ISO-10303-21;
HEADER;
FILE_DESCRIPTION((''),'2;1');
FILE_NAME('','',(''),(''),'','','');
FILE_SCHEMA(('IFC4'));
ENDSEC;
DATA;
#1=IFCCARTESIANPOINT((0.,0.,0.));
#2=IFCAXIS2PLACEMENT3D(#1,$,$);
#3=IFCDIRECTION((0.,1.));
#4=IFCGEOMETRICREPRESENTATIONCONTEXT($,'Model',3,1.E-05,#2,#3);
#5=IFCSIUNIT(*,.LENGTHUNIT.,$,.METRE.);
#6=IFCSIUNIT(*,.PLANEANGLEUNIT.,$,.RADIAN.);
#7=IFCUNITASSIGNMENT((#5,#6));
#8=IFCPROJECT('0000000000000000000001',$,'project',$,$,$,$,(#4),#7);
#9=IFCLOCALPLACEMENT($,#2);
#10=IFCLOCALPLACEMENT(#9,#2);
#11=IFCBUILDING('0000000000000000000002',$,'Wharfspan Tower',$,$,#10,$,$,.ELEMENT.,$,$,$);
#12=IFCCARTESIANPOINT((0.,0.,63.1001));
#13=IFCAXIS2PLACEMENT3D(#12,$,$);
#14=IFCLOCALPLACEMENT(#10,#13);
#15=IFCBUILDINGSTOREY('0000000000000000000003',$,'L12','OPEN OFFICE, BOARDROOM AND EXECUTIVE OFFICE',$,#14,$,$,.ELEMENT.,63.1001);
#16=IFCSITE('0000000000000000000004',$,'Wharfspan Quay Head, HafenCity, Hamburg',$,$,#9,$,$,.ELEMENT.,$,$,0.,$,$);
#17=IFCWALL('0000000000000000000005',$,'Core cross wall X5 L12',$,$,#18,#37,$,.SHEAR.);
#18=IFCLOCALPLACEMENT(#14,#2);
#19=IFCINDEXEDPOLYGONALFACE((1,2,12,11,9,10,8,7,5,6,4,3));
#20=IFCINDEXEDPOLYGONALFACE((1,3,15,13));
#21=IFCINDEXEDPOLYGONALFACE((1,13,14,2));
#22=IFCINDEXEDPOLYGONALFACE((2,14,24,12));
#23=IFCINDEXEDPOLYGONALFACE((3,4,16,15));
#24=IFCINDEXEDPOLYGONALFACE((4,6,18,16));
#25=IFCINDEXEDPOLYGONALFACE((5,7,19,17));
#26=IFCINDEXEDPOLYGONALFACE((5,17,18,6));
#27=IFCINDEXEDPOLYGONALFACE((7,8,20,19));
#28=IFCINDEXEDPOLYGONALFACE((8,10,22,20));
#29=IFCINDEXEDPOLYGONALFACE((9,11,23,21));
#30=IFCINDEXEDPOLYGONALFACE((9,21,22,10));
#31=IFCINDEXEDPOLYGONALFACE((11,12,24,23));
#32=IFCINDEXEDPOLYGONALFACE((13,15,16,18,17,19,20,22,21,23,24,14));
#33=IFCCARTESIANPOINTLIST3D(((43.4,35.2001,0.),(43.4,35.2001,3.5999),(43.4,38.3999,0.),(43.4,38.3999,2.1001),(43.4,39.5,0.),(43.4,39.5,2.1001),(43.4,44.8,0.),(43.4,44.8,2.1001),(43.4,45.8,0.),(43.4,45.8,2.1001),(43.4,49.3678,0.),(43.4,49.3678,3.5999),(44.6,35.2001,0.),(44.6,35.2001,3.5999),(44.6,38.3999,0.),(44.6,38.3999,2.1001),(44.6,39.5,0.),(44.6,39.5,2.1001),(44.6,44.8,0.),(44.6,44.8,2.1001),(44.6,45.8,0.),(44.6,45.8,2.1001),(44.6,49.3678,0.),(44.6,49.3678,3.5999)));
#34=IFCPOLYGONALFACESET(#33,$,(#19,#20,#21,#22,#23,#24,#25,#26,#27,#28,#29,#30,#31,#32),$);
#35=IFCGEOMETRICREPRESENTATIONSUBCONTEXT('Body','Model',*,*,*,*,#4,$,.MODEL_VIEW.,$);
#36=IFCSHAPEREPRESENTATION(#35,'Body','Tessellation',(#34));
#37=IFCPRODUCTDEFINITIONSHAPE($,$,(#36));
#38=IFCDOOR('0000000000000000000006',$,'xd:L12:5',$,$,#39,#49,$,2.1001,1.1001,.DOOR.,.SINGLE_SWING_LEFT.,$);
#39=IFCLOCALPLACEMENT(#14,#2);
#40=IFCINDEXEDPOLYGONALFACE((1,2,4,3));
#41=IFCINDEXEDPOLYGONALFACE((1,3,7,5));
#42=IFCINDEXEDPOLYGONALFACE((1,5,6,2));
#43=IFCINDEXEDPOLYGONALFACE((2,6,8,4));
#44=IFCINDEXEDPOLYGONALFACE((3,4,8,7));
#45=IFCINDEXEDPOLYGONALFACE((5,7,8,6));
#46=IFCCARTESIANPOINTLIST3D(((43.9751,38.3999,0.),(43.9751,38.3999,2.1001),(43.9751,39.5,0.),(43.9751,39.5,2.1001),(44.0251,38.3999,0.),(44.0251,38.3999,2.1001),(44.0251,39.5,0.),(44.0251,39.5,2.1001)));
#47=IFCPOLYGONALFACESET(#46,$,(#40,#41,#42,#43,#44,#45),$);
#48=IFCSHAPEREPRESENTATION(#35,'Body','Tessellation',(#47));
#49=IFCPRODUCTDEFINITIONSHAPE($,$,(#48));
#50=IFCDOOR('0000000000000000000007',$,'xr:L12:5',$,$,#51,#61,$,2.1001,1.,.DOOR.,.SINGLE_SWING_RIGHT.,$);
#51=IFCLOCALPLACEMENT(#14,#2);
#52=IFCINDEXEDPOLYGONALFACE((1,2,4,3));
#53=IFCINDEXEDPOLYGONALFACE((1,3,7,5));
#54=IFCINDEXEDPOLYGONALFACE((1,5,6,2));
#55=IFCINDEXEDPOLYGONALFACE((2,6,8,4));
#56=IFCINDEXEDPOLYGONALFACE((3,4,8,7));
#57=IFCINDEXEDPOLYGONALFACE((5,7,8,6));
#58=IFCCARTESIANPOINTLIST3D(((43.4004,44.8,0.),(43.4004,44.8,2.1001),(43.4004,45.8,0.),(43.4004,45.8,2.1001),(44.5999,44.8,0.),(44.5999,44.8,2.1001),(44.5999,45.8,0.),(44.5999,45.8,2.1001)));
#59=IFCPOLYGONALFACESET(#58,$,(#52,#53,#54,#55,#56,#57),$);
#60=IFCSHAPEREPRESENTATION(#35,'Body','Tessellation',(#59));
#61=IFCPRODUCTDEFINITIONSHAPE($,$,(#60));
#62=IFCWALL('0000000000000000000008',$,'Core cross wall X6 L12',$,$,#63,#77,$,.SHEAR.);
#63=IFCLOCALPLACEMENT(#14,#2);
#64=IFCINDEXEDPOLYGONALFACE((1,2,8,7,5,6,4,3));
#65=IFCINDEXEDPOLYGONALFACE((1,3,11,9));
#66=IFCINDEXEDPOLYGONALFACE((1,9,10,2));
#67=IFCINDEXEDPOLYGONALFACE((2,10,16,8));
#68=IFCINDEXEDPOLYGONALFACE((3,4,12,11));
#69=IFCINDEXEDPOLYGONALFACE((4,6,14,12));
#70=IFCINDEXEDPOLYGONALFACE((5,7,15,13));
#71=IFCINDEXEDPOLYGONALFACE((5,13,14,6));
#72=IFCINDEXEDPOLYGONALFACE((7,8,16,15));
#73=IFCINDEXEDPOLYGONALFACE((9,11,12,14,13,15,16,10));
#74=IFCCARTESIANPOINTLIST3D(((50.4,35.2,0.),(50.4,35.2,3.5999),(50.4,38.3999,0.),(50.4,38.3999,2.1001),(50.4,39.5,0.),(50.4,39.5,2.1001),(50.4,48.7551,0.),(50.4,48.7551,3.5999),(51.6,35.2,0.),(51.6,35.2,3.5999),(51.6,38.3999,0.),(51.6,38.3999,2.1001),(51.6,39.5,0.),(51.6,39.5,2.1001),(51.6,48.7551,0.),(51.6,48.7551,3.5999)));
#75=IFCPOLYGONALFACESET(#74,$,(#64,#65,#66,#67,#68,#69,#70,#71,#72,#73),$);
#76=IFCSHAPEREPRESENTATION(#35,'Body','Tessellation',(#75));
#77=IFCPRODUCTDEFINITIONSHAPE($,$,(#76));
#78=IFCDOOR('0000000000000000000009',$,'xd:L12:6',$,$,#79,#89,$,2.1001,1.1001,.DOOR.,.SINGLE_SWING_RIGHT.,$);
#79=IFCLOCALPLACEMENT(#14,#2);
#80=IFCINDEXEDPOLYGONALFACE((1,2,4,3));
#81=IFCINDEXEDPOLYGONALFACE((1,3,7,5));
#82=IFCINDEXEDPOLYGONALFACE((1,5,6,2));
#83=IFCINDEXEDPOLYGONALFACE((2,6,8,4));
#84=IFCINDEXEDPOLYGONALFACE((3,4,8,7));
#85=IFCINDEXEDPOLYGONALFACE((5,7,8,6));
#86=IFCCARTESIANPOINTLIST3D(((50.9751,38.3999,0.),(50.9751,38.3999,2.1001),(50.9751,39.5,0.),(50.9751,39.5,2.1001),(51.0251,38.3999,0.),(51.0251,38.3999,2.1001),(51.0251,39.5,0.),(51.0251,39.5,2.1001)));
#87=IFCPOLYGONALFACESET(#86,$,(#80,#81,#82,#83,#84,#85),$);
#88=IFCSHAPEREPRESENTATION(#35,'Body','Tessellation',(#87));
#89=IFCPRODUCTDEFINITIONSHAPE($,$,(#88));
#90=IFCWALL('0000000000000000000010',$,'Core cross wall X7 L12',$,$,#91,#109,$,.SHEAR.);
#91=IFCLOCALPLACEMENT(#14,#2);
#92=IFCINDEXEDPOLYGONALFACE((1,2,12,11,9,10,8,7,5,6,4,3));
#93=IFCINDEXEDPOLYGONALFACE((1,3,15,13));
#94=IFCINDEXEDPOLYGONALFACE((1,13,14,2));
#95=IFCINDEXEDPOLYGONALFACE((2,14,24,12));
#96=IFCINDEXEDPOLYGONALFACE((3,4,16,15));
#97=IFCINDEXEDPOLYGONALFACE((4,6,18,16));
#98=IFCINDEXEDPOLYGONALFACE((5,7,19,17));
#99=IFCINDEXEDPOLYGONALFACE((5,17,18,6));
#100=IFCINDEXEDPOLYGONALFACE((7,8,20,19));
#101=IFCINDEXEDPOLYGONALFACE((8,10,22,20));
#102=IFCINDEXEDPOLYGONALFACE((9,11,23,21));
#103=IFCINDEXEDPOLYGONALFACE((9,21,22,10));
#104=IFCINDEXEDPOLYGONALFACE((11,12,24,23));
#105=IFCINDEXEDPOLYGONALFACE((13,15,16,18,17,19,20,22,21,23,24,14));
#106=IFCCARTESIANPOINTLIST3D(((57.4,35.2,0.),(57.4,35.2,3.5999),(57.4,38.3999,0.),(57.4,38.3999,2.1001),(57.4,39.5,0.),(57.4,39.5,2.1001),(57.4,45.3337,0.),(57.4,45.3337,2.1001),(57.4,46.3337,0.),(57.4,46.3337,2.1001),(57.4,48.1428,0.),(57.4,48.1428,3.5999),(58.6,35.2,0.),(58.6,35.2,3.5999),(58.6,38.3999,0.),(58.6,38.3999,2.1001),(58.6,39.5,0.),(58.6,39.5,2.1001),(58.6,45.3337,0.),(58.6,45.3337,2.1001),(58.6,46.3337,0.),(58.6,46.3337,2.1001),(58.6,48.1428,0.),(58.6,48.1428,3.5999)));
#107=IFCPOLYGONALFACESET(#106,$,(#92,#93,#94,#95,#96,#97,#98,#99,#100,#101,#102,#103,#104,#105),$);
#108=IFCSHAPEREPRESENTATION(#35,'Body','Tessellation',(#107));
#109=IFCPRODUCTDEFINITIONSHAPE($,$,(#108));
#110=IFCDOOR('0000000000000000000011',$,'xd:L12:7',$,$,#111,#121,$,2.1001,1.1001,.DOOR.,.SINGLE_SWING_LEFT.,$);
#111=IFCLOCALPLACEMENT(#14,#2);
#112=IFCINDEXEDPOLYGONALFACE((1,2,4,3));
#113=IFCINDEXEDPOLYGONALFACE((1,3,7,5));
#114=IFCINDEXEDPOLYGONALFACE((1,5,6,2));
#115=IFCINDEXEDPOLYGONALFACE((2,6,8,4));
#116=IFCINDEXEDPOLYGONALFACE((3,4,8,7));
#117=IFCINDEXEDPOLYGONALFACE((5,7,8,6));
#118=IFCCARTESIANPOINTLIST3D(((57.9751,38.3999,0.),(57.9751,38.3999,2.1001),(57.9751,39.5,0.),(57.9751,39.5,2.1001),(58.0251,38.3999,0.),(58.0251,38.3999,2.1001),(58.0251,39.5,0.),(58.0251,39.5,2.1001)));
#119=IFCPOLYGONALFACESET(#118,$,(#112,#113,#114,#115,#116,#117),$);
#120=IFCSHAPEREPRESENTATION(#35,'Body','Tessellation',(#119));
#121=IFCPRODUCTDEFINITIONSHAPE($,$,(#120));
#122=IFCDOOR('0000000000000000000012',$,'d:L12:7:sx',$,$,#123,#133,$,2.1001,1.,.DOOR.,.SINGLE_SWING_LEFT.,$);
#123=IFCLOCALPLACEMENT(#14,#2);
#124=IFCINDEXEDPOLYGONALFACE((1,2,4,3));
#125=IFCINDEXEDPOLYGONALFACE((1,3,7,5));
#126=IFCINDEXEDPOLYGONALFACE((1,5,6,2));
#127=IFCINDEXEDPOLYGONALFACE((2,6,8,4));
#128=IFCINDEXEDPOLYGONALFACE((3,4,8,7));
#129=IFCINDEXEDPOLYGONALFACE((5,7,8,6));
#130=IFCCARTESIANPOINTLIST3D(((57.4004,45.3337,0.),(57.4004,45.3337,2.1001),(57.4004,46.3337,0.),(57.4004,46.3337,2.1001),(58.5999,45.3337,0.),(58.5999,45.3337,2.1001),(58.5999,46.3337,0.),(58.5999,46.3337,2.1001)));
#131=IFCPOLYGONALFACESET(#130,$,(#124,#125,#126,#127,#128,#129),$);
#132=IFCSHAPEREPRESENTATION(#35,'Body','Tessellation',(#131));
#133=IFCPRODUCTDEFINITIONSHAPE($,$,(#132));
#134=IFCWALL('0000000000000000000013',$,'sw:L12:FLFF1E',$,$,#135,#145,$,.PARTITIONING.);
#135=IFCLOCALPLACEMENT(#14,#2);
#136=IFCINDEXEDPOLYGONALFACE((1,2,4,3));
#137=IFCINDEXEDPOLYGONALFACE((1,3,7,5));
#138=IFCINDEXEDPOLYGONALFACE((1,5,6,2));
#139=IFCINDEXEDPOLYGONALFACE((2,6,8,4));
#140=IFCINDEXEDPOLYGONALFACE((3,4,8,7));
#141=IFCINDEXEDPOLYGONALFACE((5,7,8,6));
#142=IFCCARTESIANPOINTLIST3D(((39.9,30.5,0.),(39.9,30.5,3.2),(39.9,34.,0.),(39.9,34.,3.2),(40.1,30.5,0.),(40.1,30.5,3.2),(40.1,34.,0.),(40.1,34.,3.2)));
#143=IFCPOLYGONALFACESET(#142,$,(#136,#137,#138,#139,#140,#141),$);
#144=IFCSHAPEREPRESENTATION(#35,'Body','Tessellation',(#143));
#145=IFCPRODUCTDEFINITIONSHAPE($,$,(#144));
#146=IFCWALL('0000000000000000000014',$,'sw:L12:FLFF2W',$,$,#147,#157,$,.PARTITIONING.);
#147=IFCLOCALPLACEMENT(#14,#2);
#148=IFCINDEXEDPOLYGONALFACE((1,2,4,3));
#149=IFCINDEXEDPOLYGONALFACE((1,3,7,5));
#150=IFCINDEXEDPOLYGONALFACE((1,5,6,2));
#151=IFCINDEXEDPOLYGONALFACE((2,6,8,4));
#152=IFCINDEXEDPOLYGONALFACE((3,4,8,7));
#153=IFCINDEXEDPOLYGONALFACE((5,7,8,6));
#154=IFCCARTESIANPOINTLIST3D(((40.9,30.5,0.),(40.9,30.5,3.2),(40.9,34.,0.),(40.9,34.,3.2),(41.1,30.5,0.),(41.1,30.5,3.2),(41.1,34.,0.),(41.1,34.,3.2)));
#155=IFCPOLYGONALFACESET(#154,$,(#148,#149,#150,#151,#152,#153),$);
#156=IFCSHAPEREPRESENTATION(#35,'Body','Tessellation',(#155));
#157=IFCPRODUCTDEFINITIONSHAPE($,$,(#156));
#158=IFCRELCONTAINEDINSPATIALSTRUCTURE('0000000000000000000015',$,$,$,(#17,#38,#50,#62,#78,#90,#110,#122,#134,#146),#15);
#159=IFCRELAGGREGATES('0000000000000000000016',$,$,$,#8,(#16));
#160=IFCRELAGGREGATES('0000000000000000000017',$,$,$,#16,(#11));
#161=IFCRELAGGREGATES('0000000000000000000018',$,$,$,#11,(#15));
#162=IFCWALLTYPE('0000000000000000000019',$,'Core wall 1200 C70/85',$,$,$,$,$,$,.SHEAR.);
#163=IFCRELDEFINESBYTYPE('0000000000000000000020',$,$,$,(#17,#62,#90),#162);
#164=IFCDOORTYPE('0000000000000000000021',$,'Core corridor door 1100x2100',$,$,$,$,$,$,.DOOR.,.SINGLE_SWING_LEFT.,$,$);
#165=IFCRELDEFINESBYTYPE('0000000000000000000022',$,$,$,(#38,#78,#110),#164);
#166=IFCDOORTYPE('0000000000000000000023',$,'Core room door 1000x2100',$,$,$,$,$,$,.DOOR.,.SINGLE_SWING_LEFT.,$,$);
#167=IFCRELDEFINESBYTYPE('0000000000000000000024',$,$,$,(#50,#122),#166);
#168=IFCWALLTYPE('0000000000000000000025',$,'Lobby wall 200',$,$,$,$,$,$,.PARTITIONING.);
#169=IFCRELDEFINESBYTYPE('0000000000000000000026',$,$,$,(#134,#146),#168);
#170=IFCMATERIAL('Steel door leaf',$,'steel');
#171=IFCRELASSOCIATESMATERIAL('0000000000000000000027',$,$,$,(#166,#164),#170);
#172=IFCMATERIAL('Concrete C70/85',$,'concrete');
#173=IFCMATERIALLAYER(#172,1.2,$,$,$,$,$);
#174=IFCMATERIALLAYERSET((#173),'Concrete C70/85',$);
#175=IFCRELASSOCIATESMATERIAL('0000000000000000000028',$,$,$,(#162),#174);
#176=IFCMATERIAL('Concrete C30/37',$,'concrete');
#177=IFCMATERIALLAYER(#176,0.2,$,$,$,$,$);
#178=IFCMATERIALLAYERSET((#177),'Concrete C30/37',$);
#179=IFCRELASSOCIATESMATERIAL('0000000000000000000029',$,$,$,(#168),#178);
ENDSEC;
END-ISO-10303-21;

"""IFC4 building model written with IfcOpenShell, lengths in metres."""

from ifc_helpers import new_model, si_unit, direction, frame, frame_2d, origin, place, context, subcontext, project, spatial, rectangle, extrude, material, layer, layer_set, type_object, element, fill, save


model = new_model("IFC4")

# Units and contexts
model_context = context("Model", 3, precision=1e-05, world=origin(), true_north=direction((0.0, 1.0)))
body_context = subcontext(model_context, "Body", "Model", "MODEL_VIEW")
ifc_project = project(units=[si_unit("LENGTHUNIT", "METRE"), si_unit("PLANEANGLEUNIT", "RADIAN")], contexts=[model_context])

# Site, building, storey
site_placement = place(None, origin())
site = spatial("IfcSite", under=ifc_project, at=site_placement, Name="Wharfspan Quay Head, HafenCity, Hamburg", CompositionType="ELEMENT", RefElevation=0.0)
building_placement = place(site_placement, origin())
building = spatial("IfcBuilding", under=site, at=building_placement, Name="Wharfspan Tower", CompositionType="ELEMENT")
storey_placement = place(building_placement, frame((0.0, 0.0, 63.1001)))
storey = spatial("IfcBuildingStorey", under=building, at=storey_placement, Name="L12", Description="OPEN OFFICE, BOARDROOM AND EXECUTIVE OFFICE", CompositionType="ELEMENT", Elevation=63.1001)

# Shared definitions
ifc_material_1 = material(Name="Steel door leaf", Category="steel")
door_type_1 = type_object("IfcDoorType", Name="Core room door 1000x2100", OperationType="SINGLE_SWING_LEFT", PredefinedType="DOOR", material=ifc_material_1)

# Wall, openings, doors
ifc_material_2 = material(Name="Concrete C70/85", Category="concrete")
ifc_layer_1 = layer(ifc_material_2, 1.2)
ifc_layer_set_1 = layer_set([ifc_layer_1], Name="Concrete C70/85")
wall_type_1 = type_object("IfcWallType", Name="Core wall 1200 C70/85", PredefinedType="SHEAR", material=ifc_layer_set_1)
wall_1_placement = place(storey_placement, frame((44.0, 35.2, 0.0), z_axis=(0.0, 0.0, 1.0), x_axis=(0.0, 1.0, 0.0)))
wall_1 = element("IfcWall", 1, at=wall_1_placement, inside=storey, type_object=wall_type_1, Name="Core cross wall X5 L12", PredefinedType="SHEAR", context=body_context, shape_type="SweptSolid", body=[
    extrude(rectangle(XDim=14.1677, YDim=1.2, at=frame_2d((7.084, 0.0))), origin(), (0.0, 0.0, 1.0), 3.5999),
])
opening_1_placement = place(wall_1_placement, frame((3.2, 0.0, 0.0)))
opening_1 = element("IfcOpeningElement", 2, at=opening_1_placement, cuts=wall_1, PredefinedType="OPENING", context=body_context, shape_type="SweptSolid", body=[
    extrude(rectangle(XDim=1.1001, YDim=2.1001, at=frame_2d((0.55, 1.05))), frame((0.0, 0.6099, 0.0), z_axis=(0.0, -1.0, 0.0), x_axis=(1.0, 0.0, 0.0)), (0.0, 0.0, 1.0), 1.22),
])
opening_2_placement = place(wall_1_placement, frame((9.6001, 0.0, 0.0)))
opening_2 = element("IfcOpeningElement", 3, at=opening_2_placement, cuts=wall_1, PredefinedType="OPENING", context=body_context, shape_type="SweptSolid", body=[
    extrude(rectangle(XDim=1.0, YDim=2.1001, at=frame_2d((0.5, 1.05))), frame((0.0, 0.6099, 0.0), z_axis=(0.0, -1.0, 0.0), x_axis=(1.0, 0.0, 0.0)), (0.0, 0.0, 1.0), 1.22),
])
door_type_2 = type_object("IfcDoorType", Name="Core corridor door 1100x2100", OperationType="SINGLE_SWING_LEFT", PredefinedType="DOOR", material=ifc_material_1)
door_1_placement = place(opening_1_placement, origin())
door_1 = element("IfcDoor", 4, at=door_1_placement, inside=storey, type_object=door_type_2, Name="xd:L12:5", OperationType="SINGLE_SWING_LEFT", OverallHeight=2.1001, OverallWidth=1.1001, PredefinedType="DOOR", context=body_context, shape_type="SweptSolid", body=[
    extrude(rectangle(XDim=1.1001, YDim=2.1001, at=frame_2d((0.55, 1.05))), frame((0.0, 0.0249, 0.0), z_axis=(0.0, -1.0, 0.0), x_axis=(1.0, 0.0, 0.0)), (0.0, 0.0, 1.0), 0.05),
])
fill(opening_1, door_1)
door_2_placement = place(opening_2_placement, origin())
door_2 = element("IfcDoor", 5, at=door_2_placement, inside=storey, type_object=door_type_1, Name="xr:L12:5", OperationType="SINGLE_SWING_RIGHT", OverallHeight=2.1001, OverallWidth=1.0, PredefinedType="DOOR", context=body_context, shape_type="SweptSolid", body=[
    extrude(rectangle(XDim=1.0, YDim=2.1001, at=frame_2d((0.5, 1.05))), frame((0.0, 0.5996, 0.0), z_axis=(0.0, -1.0, 0.0), x_axis=(1.0, 0.0, 0.0)), (0.0, 0.0, 1.0), 1.1995),
])
fill(opening_2, door_2)

# Wall, opening, door
wall_2_placement = place(storey_placement, frame((51.0, 35.2, 0.0), z_axis=(0.0, 0.0, 1.0), x_axis=(0.0, 1.0, 0.0)))
wall_2 = element("IfcWall", 6, at=wall_2_placement, inside=storey, type_object=wall_type_1, Name="Core cross wall X6 L12", PredefinedType="SHEAR", context=body_context, shape_type="SweptSolid", body=[
    extrude(rectangle(XDim=13.5552, YDim=1.2, at=frame_2d((6.7776, 0.0))), origin(), (0.0, 0.0, 1.0), 3.5999),
])
opening_3_placement = place(wall_2_placement, frame((3.2, 0.0, 0.0)))
opening_3 = element("IfcOpeningElement", 7, at=opening_3_placement, cuts=wall_2, PredefinedType="OPENING", context=body_context, shape_type="SweptSolid", body=[
    extrude(rectangle(XDim=1.1001, YDim=2.1001, at=frame_2d((0.55, 1.05))), frame((0.0, 0.6099, 0.0), z_axis=(0.0, -1.0, 0.0), x_axis=(1.0, 0.0, 0.0)), (0.0, 0.0, 1.0), 1.22),
])
door_3_placement = place(opening_3_placement, origin())
door_3 = element("IfcDoor", 8, at=door_3_placement, inside=storey, type_object=door_type_2, Name="xd:L12:6", OperationType="SINGLE_SWING_RIGHT", OverallHeight=2.1001, OverallWidth=1.1001, PredefinedType="DOOR", context=body_context, shape_type="SweptSolid", body=[
    extrude(rectangle(XDim=1.1001, YDim=2.1001, at=frame_2d((0.55, 1.05))), frame((0.0, 0.0249, 0.0), z_axis=(0.0, -1.0, 0.0), x_axis=(1.0, 0.0, 0.0)), (0.0, 0.0, 1.0), 0.05),
])
fill(opening_3, door_3)

# Wall, openings, doors
wall_3_placement = place(storey_placement, frame((58.0, 35.2, 0.0), z_axis=(0.0, 0.0, 1.0), x_axis=(0.0, 1.0, 0.0)))
wall_3 = element("IfcWall", 9, at=wall_3_placement, inside=storey, type_object=wall_type_1, Name="Core cross wall X7 L12", PredefinedType="SHEAR", context=body_context, shape_type="SweptSolid", body=[
    extrude(rectangle(XDim=12.9429, YDim=1.2, at=frame_2d((6.4714, 0.0))), origin(), (0.0, 0.0, 1.0), 3.5999),
])
opening_4_placement = place(wall_3_placement, frame((10.1338, 0.0, 0.0)))
opening_4 = element("IfcOpeningElement", 10, at=opening_4_placement, cuts=wall_3, PredefinedType="OPENING", context=body_context, shape_type="SweptSolid", body=[
    extrude(rectangle(XDim=1.0, YDim=2.1001, at=frame_2d((0.5, 1.05))), frame((0.0, 0.6099, 0.0), z_axis=(0.0, -1.0, 0.0), x_axis=(1.0, 0.0, 0.0)), (0.0, 0.0, 1.0), 1.22),
])
opening_5_placement = place(wall_3_placement, frame((3.2, 0.0, 0.0)))
opening_5 = element("IfcOpeningElement", 11, at=opening_5_placement, cuts=wall_3, PredefinedType="OPENING", context=body_context, shape_type="SweptSolid", body=[
    extrude(rectangle(XDim=1.1001, YDim=2.1001, at=frame_2d((0.55, 1.05))), frame((0.0, 0.6099, 0.0), z_axis=(0.0, -1.0, 0.0), x_axis=(1.0, 0.0, 0.0)), (0.0, 0.0, 1.0), 1.22),
])
door_4_placement = place(opening_5_placement, origin())
door_4 = element("IfcDoor", 12, at=door_4_placement, inside=storey, type_object=door_type_2, Name="xd:L12:7", OperationType="SINGLE_SWING_LEFT", OverallHeight=2.1001, OverallWidth=1.1001, PredefinedType="DOOR", context=body_context, shape_type="SweptSolid", body=[
    extrude(rectangle(XDim=1.1001, YDim=2.1001, at=frame_2d((0.55, 1.05))), frame((0.0, 0.0249, 0.0), z_axis=(0.0, -1.0, 0.0), x_axis=(1.0, 0.0, 0.0)), (0.0, 0.0, 1.0), 0.05),
])
fill(opening_5, door_4)
door_5_placement = place(opening_4_placement, origin())
door_5 = element("IfcDoor", 13, at=door_5_placement, inside=storey, type_object=door_type_1, Name="d:L12:7:sx", OperationType="SINGLE_SWING_LEFT", OverallHeight=2.1001, OverallWidth=1.0, PredefinedType="DOOR", context=body_context, shape_type="SweptSolid", body=[
    extrude(rectangle(XDim=1.0, YDim=2.1001, at=frame_2d((0.5, 1.05))), frame((0.0, 0.5996, 0.0), z_axis=(0.0, -1.0, 0.0), x_axis=(1.0, 0.0, 0.0)), (0.0, 0.0, 1.0), 1.1995),
])
fill(opening_4, door_5)

# Walls
ifc_material_3 = material(Name="Concrete C30/37", Category="concrete")
ifc_layer_2 = layer(ifc_material_3, 0.2)
ifc_layer_set_2 = layer_set([ifc_layer_2], Name="Concrete C30/37")
wall_type_2 = type_object("IfcWallType", Name="Lobby wall 200", PredefinedType="PARTITIONING", material=ifc_layer_set_2)
for number, where, z_axis, x_axis, name in (
    (14, (40.0, 30.5, 0.0), (0.0, 0.0, 1.0), (0.0, 1.0, 0.0), "sw:L12:FLFF1E"),
    (15, (41.0, 30.5, 0.0), (0.0, 0.0, 1.0), (0.0, 1.0, 0.0), "sw:L12:FLFF2W"),
):
    element("IfcWall", number, at=place(storey_placement, frame(where, z_axis=z_axis, x_axis=x_axis)), inside=storey, type_object=wall_type_2, Name=name, PredefinedType="PARTITIONING", context=body_context, shape_type="SweptSolid", body=[
        extrude(rectangle(XDim=3.5, YDim=0.2, at=frame_2d((1.75, 0.0))), origin(), (0.0, 0.0, 1.0), 3.2),
    ])

save(model, "model.ifc")
